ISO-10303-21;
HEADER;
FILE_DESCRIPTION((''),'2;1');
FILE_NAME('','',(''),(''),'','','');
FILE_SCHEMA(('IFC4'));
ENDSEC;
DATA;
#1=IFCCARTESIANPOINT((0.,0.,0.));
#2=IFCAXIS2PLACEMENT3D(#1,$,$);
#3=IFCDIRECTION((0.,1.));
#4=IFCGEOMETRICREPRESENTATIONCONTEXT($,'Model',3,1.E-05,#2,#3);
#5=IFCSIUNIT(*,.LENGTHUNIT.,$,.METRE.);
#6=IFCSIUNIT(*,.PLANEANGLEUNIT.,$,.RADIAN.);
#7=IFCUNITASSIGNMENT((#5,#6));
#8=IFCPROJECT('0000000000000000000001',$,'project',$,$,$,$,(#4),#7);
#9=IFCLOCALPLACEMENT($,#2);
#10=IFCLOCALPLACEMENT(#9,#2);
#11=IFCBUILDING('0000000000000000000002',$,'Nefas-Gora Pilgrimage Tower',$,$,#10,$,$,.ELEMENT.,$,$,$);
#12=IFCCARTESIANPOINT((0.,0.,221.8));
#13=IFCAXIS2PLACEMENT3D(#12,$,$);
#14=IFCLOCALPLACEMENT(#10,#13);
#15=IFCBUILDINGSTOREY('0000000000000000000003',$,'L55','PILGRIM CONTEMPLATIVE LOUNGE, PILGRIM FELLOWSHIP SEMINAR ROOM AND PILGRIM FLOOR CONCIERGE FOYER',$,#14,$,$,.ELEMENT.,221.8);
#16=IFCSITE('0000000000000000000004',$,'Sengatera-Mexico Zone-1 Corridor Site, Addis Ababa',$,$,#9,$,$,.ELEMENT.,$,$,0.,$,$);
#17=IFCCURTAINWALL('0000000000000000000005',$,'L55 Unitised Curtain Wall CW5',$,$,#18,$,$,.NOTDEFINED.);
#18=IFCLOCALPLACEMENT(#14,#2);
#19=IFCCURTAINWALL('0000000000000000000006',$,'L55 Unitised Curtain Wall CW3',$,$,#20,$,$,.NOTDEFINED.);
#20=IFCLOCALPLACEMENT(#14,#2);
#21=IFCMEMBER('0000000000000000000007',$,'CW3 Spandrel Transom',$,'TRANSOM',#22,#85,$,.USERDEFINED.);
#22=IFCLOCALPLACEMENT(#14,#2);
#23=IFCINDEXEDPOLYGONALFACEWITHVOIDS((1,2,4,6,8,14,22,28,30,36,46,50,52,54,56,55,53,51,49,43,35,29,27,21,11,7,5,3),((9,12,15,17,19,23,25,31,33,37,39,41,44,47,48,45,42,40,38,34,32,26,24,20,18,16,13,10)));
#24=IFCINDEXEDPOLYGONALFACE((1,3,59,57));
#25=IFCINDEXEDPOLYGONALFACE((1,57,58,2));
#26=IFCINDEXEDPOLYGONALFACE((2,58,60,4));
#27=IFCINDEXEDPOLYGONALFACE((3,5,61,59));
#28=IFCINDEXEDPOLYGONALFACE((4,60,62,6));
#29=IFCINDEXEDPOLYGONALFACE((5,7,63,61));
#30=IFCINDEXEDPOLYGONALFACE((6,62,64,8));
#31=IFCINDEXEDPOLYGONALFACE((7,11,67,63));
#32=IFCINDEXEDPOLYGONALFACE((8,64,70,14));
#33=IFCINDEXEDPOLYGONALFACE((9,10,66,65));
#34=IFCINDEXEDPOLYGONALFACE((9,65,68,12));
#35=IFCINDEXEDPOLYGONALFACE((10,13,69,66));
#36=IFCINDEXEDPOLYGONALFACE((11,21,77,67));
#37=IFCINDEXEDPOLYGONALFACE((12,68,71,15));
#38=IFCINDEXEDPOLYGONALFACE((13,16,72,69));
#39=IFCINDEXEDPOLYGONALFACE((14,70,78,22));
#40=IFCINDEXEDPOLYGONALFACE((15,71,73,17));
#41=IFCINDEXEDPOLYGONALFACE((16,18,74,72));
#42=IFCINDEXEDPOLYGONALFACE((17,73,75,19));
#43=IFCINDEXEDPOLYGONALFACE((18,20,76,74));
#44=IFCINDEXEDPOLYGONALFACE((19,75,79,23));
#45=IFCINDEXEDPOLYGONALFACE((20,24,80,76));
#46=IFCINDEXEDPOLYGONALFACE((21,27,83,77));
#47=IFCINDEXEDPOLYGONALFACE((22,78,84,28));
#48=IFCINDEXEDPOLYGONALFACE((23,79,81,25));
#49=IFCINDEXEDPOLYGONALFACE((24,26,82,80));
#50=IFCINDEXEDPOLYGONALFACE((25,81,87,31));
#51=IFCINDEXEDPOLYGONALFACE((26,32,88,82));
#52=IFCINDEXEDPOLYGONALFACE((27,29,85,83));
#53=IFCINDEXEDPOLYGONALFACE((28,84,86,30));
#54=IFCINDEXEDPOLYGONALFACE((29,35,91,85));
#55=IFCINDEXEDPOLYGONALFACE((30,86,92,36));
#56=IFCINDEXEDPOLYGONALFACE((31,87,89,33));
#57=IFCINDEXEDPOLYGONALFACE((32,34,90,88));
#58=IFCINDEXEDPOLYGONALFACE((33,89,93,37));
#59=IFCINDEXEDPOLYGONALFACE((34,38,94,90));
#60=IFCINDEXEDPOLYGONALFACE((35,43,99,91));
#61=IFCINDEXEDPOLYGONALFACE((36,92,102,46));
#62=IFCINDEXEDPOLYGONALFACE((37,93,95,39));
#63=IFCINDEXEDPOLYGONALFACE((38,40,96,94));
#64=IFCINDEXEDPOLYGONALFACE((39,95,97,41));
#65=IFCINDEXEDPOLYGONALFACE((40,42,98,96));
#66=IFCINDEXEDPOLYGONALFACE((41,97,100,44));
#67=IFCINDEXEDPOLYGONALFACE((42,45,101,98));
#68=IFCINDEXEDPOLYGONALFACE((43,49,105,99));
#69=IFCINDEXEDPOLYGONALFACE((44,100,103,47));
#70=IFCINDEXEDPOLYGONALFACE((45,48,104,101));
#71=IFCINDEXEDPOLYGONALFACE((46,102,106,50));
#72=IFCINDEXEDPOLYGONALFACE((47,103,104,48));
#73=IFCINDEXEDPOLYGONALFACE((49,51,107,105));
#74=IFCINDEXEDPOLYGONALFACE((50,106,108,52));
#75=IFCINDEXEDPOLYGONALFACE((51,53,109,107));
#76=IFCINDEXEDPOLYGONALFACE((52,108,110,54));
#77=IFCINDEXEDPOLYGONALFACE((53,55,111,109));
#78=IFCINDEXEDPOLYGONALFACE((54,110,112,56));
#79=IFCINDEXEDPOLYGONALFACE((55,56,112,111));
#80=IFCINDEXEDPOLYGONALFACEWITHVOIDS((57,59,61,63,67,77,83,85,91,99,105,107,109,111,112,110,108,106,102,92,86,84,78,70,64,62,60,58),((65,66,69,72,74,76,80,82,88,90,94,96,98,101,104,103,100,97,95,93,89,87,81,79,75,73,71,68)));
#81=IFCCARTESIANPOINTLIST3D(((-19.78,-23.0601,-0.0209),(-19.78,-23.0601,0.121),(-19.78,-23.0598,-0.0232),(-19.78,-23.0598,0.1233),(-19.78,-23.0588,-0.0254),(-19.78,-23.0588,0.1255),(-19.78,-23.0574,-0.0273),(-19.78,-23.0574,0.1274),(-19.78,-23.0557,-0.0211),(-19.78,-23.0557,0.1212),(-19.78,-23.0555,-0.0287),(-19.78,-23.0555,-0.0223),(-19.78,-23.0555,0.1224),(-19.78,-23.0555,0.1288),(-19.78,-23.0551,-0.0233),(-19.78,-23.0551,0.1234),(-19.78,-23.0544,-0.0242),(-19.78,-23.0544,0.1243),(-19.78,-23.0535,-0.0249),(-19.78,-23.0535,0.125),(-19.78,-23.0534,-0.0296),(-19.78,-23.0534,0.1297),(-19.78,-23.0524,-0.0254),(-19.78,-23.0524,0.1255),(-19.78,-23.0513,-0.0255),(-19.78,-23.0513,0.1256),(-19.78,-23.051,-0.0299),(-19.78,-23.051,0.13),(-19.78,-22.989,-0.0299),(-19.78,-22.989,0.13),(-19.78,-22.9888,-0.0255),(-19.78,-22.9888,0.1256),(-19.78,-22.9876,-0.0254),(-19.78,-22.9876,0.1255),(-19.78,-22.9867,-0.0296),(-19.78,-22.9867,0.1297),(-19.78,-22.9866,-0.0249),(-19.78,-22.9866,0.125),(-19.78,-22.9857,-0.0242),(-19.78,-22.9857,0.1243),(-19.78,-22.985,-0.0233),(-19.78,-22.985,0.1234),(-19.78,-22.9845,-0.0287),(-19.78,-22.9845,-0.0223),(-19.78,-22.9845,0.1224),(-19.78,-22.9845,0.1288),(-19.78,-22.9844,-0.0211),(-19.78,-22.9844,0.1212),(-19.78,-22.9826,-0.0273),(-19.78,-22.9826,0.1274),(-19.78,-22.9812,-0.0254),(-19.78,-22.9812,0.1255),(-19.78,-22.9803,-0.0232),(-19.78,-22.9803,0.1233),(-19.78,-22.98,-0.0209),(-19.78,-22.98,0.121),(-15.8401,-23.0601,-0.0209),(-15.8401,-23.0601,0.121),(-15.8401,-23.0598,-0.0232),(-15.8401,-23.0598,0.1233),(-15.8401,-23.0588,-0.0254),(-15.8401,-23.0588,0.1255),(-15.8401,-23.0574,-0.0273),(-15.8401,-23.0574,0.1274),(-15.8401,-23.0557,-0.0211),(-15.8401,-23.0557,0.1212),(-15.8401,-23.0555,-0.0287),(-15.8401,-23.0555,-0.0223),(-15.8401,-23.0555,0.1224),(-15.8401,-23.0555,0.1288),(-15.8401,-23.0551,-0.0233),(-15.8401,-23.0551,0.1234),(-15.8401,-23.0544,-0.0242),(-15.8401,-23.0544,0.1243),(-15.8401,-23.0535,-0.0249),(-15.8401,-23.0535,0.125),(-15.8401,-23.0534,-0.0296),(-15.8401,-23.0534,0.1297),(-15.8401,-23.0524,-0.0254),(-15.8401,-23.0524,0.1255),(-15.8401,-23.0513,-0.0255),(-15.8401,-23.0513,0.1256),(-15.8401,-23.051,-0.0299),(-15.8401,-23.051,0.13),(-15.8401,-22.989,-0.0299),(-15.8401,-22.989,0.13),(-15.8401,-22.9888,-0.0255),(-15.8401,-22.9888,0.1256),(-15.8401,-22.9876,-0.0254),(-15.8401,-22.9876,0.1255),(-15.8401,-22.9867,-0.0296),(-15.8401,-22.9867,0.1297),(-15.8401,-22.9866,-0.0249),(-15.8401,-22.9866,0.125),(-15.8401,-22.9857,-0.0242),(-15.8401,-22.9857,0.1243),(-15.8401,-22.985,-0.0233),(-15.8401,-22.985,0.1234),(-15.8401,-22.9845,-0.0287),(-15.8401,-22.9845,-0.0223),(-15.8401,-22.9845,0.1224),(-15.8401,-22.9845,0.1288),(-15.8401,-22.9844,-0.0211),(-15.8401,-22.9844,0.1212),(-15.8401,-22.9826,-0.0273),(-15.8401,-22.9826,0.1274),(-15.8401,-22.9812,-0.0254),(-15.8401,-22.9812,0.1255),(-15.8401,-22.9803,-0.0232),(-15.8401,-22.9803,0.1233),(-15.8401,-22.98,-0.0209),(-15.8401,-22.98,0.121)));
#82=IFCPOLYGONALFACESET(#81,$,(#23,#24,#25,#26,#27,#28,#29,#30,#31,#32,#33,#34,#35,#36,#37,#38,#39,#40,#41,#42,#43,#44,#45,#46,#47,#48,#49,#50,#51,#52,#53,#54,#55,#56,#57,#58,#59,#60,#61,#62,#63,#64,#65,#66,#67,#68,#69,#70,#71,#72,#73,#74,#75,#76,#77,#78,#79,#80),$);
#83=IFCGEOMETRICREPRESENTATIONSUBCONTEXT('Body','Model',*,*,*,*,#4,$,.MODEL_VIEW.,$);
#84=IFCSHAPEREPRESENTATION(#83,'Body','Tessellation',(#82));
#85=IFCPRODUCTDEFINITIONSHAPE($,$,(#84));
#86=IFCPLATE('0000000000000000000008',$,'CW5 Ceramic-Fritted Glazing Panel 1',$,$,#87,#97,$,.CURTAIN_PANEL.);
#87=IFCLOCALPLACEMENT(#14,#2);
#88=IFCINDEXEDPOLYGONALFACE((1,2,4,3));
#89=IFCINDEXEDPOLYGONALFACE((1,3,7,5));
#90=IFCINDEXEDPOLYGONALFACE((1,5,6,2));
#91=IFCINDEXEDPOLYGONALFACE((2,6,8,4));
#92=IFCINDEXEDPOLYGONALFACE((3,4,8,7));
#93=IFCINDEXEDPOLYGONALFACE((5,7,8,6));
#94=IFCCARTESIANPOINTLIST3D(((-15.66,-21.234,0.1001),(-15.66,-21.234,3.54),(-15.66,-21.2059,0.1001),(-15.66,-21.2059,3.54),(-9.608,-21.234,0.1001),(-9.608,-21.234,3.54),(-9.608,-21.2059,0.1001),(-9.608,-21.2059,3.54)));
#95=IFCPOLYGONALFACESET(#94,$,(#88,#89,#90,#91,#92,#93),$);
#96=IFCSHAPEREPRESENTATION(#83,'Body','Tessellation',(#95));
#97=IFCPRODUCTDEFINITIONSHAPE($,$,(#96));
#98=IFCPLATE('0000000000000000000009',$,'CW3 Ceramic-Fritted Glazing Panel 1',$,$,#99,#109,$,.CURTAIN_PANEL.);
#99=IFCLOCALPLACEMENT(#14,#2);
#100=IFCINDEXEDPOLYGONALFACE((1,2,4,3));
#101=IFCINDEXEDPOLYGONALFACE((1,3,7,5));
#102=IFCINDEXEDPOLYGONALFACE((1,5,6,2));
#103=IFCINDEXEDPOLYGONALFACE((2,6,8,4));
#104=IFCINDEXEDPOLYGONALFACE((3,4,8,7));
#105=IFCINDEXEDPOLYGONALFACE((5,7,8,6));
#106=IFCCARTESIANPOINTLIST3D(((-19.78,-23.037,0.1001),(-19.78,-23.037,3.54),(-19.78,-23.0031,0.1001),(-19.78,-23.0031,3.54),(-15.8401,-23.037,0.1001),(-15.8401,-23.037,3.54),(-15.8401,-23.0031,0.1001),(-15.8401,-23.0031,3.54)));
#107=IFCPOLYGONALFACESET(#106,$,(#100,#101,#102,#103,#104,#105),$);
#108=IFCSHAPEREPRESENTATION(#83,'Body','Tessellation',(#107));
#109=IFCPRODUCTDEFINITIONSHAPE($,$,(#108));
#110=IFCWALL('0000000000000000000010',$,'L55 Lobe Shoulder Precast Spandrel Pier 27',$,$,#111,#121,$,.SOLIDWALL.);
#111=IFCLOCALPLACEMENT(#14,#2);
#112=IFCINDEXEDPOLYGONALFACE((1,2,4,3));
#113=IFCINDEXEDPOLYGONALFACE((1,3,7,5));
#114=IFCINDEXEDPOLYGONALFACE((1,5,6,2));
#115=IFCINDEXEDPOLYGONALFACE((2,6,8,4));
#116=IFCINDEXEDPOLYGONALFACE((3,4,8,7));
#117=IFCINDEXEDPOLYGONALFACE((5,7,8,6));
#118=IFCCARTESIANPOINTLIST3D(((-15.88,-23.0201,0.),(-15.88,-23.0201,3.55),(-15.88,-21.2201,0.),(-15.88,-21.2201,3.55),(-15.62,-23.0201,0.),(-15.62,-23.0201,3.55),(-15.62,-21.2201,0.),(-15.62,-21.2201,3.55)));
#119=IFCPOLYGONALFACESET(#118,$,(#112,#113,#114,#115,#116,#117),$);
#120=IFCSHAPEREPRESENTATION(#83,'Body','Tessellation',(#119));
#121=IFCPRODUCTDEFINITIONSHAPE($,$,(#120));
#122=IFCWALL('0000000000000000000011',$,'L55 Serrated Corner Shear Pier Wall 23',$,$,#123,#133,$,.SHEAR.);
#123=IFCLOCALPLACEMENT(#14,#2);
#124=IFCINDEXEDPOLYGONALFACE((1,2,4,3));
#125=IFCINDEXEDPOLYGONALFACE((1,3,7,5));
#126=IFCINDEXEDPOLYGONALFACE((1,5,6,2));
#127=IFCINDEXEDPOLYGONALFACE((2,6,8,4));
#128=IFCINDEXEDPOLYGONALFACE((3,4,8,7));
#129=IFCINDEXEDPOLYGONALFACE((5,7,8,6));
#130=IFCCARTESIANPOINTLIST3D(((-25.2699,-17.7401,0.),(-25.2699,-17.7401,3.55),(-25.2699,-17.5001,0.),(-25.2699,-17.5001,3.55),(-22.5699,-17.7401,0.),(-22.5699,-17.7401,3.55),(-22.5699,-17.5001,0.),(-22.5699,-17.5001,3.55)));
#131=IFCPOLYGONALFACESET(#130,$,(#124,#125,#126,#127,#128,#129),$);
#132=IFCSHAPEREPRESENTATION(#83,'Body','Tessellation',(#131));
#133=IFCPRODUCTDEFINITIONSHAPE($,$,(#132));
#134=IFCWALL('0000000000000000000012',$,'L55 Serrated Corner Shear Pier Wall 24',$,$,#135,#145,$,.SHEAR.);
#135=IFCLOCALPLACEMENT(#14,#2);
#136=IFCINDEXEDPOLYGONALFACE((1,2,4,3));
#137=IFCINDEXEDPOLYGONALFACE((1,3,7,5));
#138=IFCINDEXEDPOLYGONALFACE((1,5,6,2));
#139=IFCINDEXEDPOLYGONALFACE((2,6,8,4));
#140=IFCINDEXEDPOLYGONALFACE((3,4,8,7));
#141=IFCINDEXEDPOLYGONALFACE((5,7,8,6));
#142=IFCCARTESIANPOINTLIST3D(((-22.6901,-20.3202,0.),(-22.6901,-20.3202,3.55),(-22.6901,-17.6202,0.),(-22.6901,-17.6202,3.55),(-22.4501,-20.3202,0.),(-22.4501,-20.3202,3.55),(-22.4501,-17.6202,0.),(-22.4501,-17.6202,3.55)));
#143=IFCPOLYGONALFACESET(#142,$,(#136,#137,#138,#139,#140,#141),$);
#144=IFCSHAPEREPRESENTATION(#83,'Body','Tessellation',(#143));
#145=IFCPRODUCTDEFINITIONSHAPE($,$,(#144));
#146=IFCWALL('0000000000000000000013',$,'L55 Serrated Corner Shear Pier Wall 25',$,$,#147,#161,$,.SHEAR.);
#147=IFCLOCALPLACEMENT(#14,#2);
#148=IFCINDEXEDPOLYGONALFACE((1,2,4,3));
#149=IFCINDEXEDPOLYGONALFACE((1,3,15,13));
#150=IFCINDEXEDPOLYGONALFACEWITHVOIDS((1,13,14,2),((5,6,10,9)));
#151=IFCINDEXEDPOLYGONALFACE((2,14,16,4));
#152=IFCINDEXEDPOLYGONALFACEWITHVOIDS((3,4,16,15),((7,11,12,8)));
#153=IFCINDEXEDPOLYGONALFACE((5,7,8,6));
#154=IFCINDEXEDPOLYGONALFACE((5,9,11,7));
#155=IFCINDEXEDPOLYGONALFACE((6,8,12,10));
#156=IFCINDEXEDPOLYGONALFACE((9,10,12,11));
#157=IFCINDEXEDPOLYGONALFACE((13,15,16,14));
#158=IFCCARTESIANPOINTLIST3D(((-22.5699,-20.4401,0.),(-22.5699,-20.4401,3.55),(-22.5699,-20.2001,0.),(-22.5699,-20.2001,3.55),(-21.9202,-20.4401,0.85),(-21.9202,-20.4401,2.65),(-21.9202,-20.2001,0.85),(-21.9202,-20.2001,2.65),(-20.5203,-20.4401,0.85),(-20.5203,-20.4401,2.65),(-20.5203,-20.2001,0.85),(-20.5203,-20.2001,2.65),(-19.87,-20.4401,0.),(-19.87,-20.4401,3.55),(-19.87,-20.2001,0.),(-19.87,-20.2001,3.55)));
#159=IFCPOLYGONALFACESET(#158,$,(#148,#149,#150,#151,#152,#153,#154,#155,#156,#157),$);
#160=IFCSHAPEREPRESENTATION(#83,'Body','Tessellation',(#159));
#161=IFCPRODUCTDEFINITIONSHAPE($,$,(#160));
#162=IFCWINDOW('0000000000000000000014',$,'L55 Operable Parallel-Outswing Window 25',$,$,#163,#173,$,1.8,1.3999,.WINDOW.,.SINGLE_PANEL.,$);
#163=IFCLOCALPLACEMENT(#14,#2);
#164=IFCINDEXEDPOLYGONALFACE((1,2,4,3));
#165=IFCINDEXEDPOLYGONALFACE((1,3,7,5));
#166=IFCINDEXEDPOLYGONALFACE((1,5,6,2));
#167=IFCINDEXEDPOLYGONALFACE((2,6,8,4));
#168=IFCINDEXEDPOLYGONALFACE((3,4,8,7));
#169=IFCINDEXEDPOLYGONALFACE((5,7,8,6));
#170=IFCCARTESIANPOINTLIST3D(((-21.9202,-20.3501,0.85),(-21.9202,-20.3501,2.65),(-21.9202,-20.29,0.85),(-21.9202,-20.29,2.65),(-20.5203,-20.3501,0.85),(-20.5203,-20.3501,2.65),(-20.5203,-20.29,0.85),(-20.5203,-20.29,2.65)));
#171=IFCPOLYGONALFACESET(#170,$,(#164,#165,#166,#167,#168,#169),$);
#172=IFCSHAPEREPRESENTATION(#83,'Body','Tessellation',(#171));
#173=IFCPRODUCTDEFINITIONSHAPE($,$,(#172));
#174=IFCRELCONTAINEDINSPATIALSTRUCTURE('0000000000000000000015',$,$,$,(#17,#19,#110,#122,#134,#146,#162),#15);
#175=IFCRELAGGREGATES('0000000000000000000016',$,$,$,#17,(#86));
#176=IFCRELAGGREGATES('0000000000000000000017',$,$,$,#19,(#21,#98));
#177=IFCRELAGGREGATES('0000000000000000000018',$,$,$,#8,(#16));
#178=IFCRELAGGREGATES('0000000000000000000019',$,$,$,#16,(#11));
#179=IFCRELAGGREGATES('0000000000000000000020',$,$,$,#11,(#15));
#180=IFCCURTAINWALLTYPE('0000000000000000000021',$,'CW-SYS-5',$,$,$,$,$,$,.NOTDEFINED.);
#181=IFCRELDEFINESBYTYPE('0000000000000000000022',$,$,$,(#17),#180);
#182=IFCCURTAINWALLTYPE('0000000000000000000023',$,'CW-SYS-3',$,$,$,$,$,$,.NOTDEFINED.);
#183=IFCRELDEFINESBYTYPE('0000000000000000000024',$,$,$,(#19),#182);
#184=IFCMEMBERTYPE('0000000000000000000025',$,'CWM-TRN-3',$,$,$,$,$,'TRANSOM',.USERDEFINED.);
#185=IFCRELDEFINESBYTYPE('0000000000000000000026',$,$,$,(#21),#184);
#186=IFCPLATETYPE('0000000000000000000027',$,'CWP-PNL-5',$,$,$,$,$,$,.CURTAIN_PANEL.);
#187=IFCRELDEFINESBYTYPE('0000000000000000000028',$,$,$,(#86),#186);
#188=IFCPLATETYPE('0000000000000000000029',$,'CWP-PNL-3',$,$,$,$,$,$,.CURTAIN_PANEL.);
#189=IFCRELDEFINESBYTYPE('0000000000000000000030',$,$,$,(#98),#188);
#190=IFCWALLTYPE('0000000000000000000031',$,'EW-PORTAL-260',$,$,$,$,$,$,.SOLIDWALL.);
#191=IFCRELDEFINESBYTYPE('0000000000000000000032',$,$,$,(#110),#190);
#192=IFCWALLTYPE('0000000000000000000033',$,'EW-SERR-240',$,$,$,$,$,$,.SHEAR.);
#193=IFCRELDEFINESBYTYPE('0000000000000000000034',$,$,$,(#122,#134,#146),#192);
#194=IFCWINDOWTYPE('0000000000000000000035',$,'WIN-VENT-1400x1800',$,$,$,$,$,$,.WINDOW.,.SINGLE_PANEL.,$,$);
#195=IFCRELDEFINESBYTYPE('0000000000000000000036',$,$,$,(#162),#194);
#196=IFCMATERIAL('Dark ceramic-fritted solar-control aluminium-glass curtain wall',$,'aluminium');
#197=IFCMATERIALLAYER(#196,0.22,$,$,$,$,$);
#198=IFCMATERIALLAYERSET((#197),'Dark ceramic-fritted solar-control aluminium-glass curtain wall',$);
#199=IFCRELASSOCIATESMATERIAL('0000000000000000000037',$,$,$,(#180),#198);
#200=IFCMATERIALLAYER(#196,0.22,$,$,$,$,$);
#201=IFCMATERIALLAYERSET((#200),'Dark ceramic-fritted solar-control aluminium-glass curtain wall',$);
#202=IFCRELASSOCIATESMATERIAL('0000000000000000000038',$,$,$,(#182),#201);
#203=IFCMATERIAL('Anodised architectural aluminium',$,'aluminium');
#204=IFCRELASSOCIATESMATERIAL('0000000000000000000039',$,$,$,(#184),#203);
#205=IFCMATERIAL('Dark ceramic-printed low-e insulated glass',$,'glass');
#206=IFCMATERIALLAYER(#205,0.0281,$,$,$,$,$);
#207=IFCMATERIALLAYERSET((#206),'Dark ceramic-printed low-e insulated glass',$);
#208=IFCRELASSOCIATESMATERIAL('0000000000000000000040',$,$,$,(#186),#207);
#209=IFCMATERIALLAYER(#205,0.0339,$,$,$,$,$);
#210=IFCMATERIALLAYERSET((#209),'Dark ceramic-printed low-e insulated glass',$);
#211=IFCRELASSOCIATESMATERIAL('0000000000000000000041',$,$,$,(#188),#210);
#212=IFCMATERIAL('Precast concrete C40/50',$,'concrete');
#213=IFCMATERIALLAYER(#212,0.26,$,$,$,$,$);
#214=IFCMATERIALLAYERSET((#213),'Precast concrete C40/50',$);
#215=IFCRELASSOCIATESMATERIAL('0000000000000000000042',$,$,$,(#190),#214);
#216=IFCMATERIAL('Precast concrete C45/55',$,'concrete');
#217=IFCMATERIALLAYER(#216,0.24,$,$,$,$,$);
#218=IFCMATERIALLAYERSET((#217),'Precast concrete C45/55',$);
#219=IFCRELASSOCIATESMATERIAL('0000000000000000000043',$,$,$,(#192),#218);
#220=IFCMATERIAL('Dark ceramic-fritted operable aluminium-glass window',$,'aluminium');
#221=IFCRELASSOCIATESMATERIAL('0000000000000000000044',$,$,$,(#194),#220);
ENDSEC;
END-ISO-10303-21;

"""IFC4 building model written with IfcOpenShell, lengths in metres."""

from ifc_helpers import new_model, si_unit, direction, frame, frame_2d, origin, origin_2d, place, context, subcontext, project, spatial, rectangle, hollow_rectangle, extrude, source, transform, mapped, material, layer, layer_set, material_profile, profile_set, type_object, element, fill, aggregate, save


model = new_model("IFC4")

# Units and contexts
model_context = context("Model", 3, precision=1e-05, world=origin(), true_north=direction((0.0, 1.0)))
body_context = subcontext(model_context, "Body", "Model", "MODEL_VIEW")
ifc_project = project(units=[si_unit("LENGTHUNIT", "METRE"), si_unit("PLANEANGLEUNIT", "RADIAN")], contexts=[model_context])

# Site, building, storey
site_placement = place(None, origin())
site = spatial("IfcSite", under=ifc_project, at=site_placement, Name="Sengatera-Mexico Zone-1 Corridor Site, Addis Ababa", CompositionType="ELEMENT", RefElevation=0.0)
building_placement = place(site_placement, origin())
building = spatial("IfcBuilding", under=site, at=building_placement, Name="Nefas-Gora Pilgrimage Tower", CompositionType="ELEMENT")
storey_placement = place(building_placement, frame((0.0, 0.0, 221.8)))
storey = spatial("IfcBuildingStorey", under=building, at=storey_placement, Name="L55", Description="PILGRIM CONTEMPLATIVE LOUNGE, PILGRIM FELLOWSHIP SEMINAR ROOM AND PILGRIM FLOOR CONCIERGE FOYER", CompositionType="ELEMENT", Elevation=221.8)

# Curtain wall
ifc_material_1 = material(Name="Dark ceramic-fritted solar-control aluminium-glass curtain wall", Category="aluminium")
ifc_layer_1 = layer(ifc_material_1, 0.22)
ifc_layer_set_1 = layer_set([ifc_layer_1], Name="Dark ceramic-fritted solar-control aluminium-glass curtain wall")
curtain_wall_type_1 = type_object("IfcCurtainWallType", Name="CW-SYS-5", PredefinedType="NOTDEFINED", material=ifc_layer_set_1)
curtain_wall_1_placement = place(storey_placement, origin())
curtain_wall_1 = element("IfcCurtainWall", 1, at=curtain_wall_1_placement, inside=storey, type_object=curtain_wall_type_1, Name="L55 Unitised Curtain Wall CW5", PredefinedType="NOTDEFINED")
ifc_material_2 = material(Name="Anodised architectural aluminium", Category="aluminium")

# Shared definitions
ifc_layer_2 = layer(ifc_material_1, 0.22)
ifc_layer_set_2 = layer_set([ifc_layer_2], Name="Dark ceramic-fritted solar-control aluminium-glass curtain wall")
curtain_wall_type_2 = type_object("IfcCurtainWallType", Name="CW-SYS-3", PredefinedType="NOTDEFINED", material=ifc_layer_set_2)

# Curtain wall, member
curtain_wall_2_placement = place(storey_placement, origin())
curtain_wall_2 = element("IfcCurtainWall", 2, at=curtain_wall_2_placement, inside=storey, type_object=curtain_wall_type_2, Name="L55 Unitised Curtain Wall CW3", PredefinedType="NOTDEFINED")
ifc_material_profile_1 = material_profile(ifc_material_2, hollow_rectangle(XDim=0.0801, YDim=0.1599, WallThickness=0.0044, InnerFilletRadius=0.0044, OuterFilletRadius=0.009, at=origin_2d()), Name="ALU TRANSOM 80x160")
ifc_profile_set_1 = profile_set([ifc_material_profile_1], Name="Anodised architectural aluminium")
member_type_1 = type_object("IfcMemberType", Name="CWM-TRN-3", ElementType="TRANSOM", PredefinedType="USERDEFINED", material=ifc_profile_set_1)
shared_shape_1 = source(origin(), body_context, "Body", "SweptSolid", [
    extrude(hollow_rectangle(XDim=0.0801, YDim=0.1599, WallThickness=0.0044, InnerFilletRadius=0.0044, OuterFilletRadius=0.009, at=origin_2d()), origin(), (0.0, 0.0, 1.0), 3.9399),
])
member_1_placement = place(storey_placement, frame((-19.78, -23.02, 0.05), z_axis=(1.0, 0.0, 0.0), x_axis=(0.0, 1.0, 0.0)))
member_1 = element("IfcMember", 3, at=member_1_placement, type_object=member_type_1, Name="CW3 Spandrel Transom", ObjectType="TRANSOM", PredefinedType="USERDEFINED", context=body_context, shape_type="MappedRepresentation", body=[
    mapped(shared_shape_1, transform((0.0, 0.0, 0.0), x_axis=(1.0, 0.0, 0.0), y_axis=(0.0, 1.0, 0.0), z_axis=(0.0, 0.0, 1.0), scale=1.0)),
])

# Plates
ifc_material_3 = material(Name="Dark ceramic-printed low-e insulated glass", Category="glass")
ifc_layer_3 = layer(ifc_material_3, 0.0281)
ifc_layer_set_3 = layer_set([ifc_layer_3], Name="Dark ceramic-printed low-e insulated glass")
plate_type_1 = type_object("IfcPlateType", Name="CWP-PNL-5", PredefinedType="CURTAIN_PANEL", material=ifc_layer_set_3)
shared_shape_2 = source(origin(), body_context, "Body", "SweptSolid", [
    extrude(rectangle(XDim=6.052, YDim=0.0281, at=origin_2d()), origin(), (0.0, 0.0, 1.0), 3.4399),
])
plate_1_placement = place(storey_placement, frame((-12.634, -21.22, 0.1001), z_axis=(0.0, 0.0, 1.0), x_axis=(1.0, 0.0, 0.0)))
plate_1 = element("IfcPlate", 4, at=plate_1_placement, type_object=plate_type_1, Name="CW5 Ceramic-Fritted Glazing Panel 1", PredefinedType="CURTAIN_PANEL", context=body_context, shape_type="MappedRepresentation", body=[
    mapped(shared_shape_2, transform((0.0, 0.0, 0.0), x_axis=(1.0, 0.0, 0.0), y_axis=(0.0, 1.0, 0.0), z_axis=(0.0, 0.0, 1.0), scale=1.0)),
])
aggregate(curtain_wall_1, [plate_1])
ifc_layer_4 = layer(ifc_material_3, 0.0339)
ifc_layer_set_4 = layer_set([ifc_layer_4], Name="Dark ceramic-printed low-e insulated glass")
plate_type_2 = type_object("IfcPlateType", Name="CWP-PNL-3", PredefinedType="CURTAIN_PANEL", material=ifc_layer_set_4)
shared_shape_3 = source(origin(), body_context, "Body", "SweptSolid", [
    extrude(rectangle(XDim=3.9399, YDim=0.0339, at=origin_2d()), origin(), (0.0, 0.0, 1.0), 3.4399),
])
plate_2_placement = place(storey_placement, frame((-17.8101, -23.02, 0.1001), z_axis=(0.0, 0.0, 1.0), x_axis=(1.0, 0.0, 0.0)))
plate_2 = element("IfcPlate", 5, at=plate_2_placement, type_object=plate_type_2, Name="CW3 Ceramic-Fritted Glazing Panel 1", PredefinedType="CURTAIN_PANEL", context=body_context, shape_type="MappedRepresentation", body=[
    mapped(shared_shape_3, transform((0.0, 0.0, 0.0), x_axis=(1.0, 0.0, 0.0), y_axis=(0.0, 1.0, 0.0), z_axis=(0.0, 0.0, 1.0), scale=1.0)),
])
aggregate(curtain_wall_2, [member_1, plate_2])

# Walls
ifc_material_4 = material(Name="Precast concrete C40/50", Category="concrete")
ifc_layer_5 = layer(ifc_material_4, 0.26)
ifc_layer_set_5 = layer_set([ifc_layer_5], Name="Precast concrete C40/50")
wall_type_1 = type_object("IfcWallType", Name="EW-PORTAL-260", PredefinedType="SOLIDWALL", material=ifc_layer_set_5)
shared_shape_4 = source(origin(), body_context, "Body", "SweptSolid", [
    extrude(rectangle(XDim=1.8, YDim=0.26, at=frame_2d((0.8999, 0.0))), origin(), (0.0, 0.0, 1.0), 3.55),
])
wall_1_placement = place(storey_placement, frame((-15.75, -23.02, 0.0), z_axis=(0.0, 0.0, 1.0), x_axis=(0.0, 1.0, 0.0)))
element("IfcWall", 6, at=wall_1_placement, inside=storey, type_object=wall_type_1, Name="L55 Lobe Shoulder Precast Spandrel Pier 27", PredefinedType="SOLIDWALL", context=body_context, shape_type="MappedRepresentation", body=[
    mapped(shared_shape_4, transform((0.0, 0.0, 0.0), x_axis=(1.0, 0.0, 0.0), y_axis=(0.0, 1.0, 0.0), z_axis=(0.0, 0.0, 1.0), scale=1.0)),
])
ifc_material_5 = material(Name="Precast concrete C45/55", Category="concrete")
ifc_layer_6 = layer(ifc_material_5, 0.24)
ifc_layer_set_6 = layer_set([ifc_layer_6], Name="Precast concrete C45/55")
wall_type_2 = type_object("IfcWallType", Name="EW-SERR-240", PredefinedType="SHEAR", material=ifc_layer_set_6)
shared_shape_5 = source(origin(), body_context, "Body", "SweptSolid", [
    extrude(rectangle(XDim=2.7, YDim=0.24, at=frame_2d((1.3501, 0.0))), origin(), (0.0, 0.0, 1.0), 3.55),
])
for number, where, z_axis, x_axis, name in (
    (7, (-25.27, -17.6201, 0.0), (0.0, 0.0, 1.0), (1.0, 0.0, 0.0), "L55 Serrated Corner Shear Pier Wall 23"),
    (8, (-22.5701, -17.6201, 0.0), (0.0, 0.0, 1.0), (0.0, -1.0, 0.0), "L55 Serrated Corner Shear Pier Wall 24"),
):
    element("IfcWall", number, at=place(storey_placement, frame(where, z_axis=z_axis, x_axis=x_axis)), inside=storey, type_object=wall_type_2, Name=name, PredefinedType="SHEAR", context=body_context, shape_type="MappedRepresentation", body=[
        mapped(shared_shape_5, transform((0.0, 0.0, 0.0), x_axis=(1.0, 0.0, 0.0), y_axis=(0.0, 1.0, 0.0), z_axis=(0.0, 0.0, 1.0), scale=1.0)),
    ])

# Wall, opening, window
wall_2_placement = place(storey_placement, frame((-22.5701, -20.3201, 0.0), z_axis=(0.0, 0.0, 1.0), x_axis=(1.0, 0.0, 0.0)))
wall_2 = element("IfcWall", 9, at=wall_2_placement, inside=storey, type_object=wall_type_2, Name="L55 Serrated Corner Shear Pier Wall 25", PredefinedType="SHEAR", context=body_context, shape_type="MappedRepresentation", body=[
    mapped(shared_shape_5, transform((0.0, 0.0, 0.0), x_axis=(1.0, 0.0, 0.0), y_axis=(0.0, 1.0, 0.0), z_axis=(0.0, 0.0, 1.0), scale=1.0)),
])
opening_1_placement = place(wall_2_placement, frame((0.6499, 0.0, 0.8501)))
opening_1 = element("IfcOpeningElement", 10, at=opening_1_placement, cuts=wall_2, PredefinedType="OPENING", context=body_context, shape_type="SweptSolid", body=[
    extrude(rectangle(XDim=1.3999, YDim=1.8, at=frame_2d((0.7, 0.8999))), frame((0.0, 0.1299, 0.0), z_axis=(0.0, -1.0, 0.0), x_axis=(1.0, 0.0, 0.0)), (0.0, 0.0, 1.0), 0.26),
])
ifc_material_6 = material(Name="Dark ceramic-fritted operable aluminium-glass window", Category="aluminium")
window_type = type_object("IfcWindowType", Name="WIN-VENT-1400x1800", PartitioningType="SINGLE_PANEL", PredefinedType="WINDOW", material=ifc_material_6)
shared_shape_6 = source(origin(), body_context, "Body", "SweptSolid", [
    extrude(rectangle(XDim=1.3999, YDim=1.8, at=frame_2d((0.7, 0.8999))), frame((0.0, 0.03, 0.0), z_axis=(0.0, -1.0, 0.0), x_axis=(1.0, 0.0, 0.0)), (0.0, 0.0, 1.0), 0.0601),
])
window_placement = place(opening_1_placement, origin())
window = element("IfcWindow", 11, at=window_placement, inside=storey, type_object=window_type, Name="L55 Operable Parallel-Outswing Window 25", OverallHeight=1.8, OverallWidth=1.3999, PartitioningType="SINGLE_PANEL", PredefinedType="WINDOW", context=body_context, shape_type="MappedRepresentation", body=[
    mapped(shared_shape_6, transform((0.0, 0.0, 0.0), x_axis=(1.0, 0.0, 0.0), y_axis=(0.0, 1.0, 0.0), z_axis=(0.0, 0.0, 1.0), scale=1.0)),
])
fill(opening_1, window)

save(model, "model.ifc")
